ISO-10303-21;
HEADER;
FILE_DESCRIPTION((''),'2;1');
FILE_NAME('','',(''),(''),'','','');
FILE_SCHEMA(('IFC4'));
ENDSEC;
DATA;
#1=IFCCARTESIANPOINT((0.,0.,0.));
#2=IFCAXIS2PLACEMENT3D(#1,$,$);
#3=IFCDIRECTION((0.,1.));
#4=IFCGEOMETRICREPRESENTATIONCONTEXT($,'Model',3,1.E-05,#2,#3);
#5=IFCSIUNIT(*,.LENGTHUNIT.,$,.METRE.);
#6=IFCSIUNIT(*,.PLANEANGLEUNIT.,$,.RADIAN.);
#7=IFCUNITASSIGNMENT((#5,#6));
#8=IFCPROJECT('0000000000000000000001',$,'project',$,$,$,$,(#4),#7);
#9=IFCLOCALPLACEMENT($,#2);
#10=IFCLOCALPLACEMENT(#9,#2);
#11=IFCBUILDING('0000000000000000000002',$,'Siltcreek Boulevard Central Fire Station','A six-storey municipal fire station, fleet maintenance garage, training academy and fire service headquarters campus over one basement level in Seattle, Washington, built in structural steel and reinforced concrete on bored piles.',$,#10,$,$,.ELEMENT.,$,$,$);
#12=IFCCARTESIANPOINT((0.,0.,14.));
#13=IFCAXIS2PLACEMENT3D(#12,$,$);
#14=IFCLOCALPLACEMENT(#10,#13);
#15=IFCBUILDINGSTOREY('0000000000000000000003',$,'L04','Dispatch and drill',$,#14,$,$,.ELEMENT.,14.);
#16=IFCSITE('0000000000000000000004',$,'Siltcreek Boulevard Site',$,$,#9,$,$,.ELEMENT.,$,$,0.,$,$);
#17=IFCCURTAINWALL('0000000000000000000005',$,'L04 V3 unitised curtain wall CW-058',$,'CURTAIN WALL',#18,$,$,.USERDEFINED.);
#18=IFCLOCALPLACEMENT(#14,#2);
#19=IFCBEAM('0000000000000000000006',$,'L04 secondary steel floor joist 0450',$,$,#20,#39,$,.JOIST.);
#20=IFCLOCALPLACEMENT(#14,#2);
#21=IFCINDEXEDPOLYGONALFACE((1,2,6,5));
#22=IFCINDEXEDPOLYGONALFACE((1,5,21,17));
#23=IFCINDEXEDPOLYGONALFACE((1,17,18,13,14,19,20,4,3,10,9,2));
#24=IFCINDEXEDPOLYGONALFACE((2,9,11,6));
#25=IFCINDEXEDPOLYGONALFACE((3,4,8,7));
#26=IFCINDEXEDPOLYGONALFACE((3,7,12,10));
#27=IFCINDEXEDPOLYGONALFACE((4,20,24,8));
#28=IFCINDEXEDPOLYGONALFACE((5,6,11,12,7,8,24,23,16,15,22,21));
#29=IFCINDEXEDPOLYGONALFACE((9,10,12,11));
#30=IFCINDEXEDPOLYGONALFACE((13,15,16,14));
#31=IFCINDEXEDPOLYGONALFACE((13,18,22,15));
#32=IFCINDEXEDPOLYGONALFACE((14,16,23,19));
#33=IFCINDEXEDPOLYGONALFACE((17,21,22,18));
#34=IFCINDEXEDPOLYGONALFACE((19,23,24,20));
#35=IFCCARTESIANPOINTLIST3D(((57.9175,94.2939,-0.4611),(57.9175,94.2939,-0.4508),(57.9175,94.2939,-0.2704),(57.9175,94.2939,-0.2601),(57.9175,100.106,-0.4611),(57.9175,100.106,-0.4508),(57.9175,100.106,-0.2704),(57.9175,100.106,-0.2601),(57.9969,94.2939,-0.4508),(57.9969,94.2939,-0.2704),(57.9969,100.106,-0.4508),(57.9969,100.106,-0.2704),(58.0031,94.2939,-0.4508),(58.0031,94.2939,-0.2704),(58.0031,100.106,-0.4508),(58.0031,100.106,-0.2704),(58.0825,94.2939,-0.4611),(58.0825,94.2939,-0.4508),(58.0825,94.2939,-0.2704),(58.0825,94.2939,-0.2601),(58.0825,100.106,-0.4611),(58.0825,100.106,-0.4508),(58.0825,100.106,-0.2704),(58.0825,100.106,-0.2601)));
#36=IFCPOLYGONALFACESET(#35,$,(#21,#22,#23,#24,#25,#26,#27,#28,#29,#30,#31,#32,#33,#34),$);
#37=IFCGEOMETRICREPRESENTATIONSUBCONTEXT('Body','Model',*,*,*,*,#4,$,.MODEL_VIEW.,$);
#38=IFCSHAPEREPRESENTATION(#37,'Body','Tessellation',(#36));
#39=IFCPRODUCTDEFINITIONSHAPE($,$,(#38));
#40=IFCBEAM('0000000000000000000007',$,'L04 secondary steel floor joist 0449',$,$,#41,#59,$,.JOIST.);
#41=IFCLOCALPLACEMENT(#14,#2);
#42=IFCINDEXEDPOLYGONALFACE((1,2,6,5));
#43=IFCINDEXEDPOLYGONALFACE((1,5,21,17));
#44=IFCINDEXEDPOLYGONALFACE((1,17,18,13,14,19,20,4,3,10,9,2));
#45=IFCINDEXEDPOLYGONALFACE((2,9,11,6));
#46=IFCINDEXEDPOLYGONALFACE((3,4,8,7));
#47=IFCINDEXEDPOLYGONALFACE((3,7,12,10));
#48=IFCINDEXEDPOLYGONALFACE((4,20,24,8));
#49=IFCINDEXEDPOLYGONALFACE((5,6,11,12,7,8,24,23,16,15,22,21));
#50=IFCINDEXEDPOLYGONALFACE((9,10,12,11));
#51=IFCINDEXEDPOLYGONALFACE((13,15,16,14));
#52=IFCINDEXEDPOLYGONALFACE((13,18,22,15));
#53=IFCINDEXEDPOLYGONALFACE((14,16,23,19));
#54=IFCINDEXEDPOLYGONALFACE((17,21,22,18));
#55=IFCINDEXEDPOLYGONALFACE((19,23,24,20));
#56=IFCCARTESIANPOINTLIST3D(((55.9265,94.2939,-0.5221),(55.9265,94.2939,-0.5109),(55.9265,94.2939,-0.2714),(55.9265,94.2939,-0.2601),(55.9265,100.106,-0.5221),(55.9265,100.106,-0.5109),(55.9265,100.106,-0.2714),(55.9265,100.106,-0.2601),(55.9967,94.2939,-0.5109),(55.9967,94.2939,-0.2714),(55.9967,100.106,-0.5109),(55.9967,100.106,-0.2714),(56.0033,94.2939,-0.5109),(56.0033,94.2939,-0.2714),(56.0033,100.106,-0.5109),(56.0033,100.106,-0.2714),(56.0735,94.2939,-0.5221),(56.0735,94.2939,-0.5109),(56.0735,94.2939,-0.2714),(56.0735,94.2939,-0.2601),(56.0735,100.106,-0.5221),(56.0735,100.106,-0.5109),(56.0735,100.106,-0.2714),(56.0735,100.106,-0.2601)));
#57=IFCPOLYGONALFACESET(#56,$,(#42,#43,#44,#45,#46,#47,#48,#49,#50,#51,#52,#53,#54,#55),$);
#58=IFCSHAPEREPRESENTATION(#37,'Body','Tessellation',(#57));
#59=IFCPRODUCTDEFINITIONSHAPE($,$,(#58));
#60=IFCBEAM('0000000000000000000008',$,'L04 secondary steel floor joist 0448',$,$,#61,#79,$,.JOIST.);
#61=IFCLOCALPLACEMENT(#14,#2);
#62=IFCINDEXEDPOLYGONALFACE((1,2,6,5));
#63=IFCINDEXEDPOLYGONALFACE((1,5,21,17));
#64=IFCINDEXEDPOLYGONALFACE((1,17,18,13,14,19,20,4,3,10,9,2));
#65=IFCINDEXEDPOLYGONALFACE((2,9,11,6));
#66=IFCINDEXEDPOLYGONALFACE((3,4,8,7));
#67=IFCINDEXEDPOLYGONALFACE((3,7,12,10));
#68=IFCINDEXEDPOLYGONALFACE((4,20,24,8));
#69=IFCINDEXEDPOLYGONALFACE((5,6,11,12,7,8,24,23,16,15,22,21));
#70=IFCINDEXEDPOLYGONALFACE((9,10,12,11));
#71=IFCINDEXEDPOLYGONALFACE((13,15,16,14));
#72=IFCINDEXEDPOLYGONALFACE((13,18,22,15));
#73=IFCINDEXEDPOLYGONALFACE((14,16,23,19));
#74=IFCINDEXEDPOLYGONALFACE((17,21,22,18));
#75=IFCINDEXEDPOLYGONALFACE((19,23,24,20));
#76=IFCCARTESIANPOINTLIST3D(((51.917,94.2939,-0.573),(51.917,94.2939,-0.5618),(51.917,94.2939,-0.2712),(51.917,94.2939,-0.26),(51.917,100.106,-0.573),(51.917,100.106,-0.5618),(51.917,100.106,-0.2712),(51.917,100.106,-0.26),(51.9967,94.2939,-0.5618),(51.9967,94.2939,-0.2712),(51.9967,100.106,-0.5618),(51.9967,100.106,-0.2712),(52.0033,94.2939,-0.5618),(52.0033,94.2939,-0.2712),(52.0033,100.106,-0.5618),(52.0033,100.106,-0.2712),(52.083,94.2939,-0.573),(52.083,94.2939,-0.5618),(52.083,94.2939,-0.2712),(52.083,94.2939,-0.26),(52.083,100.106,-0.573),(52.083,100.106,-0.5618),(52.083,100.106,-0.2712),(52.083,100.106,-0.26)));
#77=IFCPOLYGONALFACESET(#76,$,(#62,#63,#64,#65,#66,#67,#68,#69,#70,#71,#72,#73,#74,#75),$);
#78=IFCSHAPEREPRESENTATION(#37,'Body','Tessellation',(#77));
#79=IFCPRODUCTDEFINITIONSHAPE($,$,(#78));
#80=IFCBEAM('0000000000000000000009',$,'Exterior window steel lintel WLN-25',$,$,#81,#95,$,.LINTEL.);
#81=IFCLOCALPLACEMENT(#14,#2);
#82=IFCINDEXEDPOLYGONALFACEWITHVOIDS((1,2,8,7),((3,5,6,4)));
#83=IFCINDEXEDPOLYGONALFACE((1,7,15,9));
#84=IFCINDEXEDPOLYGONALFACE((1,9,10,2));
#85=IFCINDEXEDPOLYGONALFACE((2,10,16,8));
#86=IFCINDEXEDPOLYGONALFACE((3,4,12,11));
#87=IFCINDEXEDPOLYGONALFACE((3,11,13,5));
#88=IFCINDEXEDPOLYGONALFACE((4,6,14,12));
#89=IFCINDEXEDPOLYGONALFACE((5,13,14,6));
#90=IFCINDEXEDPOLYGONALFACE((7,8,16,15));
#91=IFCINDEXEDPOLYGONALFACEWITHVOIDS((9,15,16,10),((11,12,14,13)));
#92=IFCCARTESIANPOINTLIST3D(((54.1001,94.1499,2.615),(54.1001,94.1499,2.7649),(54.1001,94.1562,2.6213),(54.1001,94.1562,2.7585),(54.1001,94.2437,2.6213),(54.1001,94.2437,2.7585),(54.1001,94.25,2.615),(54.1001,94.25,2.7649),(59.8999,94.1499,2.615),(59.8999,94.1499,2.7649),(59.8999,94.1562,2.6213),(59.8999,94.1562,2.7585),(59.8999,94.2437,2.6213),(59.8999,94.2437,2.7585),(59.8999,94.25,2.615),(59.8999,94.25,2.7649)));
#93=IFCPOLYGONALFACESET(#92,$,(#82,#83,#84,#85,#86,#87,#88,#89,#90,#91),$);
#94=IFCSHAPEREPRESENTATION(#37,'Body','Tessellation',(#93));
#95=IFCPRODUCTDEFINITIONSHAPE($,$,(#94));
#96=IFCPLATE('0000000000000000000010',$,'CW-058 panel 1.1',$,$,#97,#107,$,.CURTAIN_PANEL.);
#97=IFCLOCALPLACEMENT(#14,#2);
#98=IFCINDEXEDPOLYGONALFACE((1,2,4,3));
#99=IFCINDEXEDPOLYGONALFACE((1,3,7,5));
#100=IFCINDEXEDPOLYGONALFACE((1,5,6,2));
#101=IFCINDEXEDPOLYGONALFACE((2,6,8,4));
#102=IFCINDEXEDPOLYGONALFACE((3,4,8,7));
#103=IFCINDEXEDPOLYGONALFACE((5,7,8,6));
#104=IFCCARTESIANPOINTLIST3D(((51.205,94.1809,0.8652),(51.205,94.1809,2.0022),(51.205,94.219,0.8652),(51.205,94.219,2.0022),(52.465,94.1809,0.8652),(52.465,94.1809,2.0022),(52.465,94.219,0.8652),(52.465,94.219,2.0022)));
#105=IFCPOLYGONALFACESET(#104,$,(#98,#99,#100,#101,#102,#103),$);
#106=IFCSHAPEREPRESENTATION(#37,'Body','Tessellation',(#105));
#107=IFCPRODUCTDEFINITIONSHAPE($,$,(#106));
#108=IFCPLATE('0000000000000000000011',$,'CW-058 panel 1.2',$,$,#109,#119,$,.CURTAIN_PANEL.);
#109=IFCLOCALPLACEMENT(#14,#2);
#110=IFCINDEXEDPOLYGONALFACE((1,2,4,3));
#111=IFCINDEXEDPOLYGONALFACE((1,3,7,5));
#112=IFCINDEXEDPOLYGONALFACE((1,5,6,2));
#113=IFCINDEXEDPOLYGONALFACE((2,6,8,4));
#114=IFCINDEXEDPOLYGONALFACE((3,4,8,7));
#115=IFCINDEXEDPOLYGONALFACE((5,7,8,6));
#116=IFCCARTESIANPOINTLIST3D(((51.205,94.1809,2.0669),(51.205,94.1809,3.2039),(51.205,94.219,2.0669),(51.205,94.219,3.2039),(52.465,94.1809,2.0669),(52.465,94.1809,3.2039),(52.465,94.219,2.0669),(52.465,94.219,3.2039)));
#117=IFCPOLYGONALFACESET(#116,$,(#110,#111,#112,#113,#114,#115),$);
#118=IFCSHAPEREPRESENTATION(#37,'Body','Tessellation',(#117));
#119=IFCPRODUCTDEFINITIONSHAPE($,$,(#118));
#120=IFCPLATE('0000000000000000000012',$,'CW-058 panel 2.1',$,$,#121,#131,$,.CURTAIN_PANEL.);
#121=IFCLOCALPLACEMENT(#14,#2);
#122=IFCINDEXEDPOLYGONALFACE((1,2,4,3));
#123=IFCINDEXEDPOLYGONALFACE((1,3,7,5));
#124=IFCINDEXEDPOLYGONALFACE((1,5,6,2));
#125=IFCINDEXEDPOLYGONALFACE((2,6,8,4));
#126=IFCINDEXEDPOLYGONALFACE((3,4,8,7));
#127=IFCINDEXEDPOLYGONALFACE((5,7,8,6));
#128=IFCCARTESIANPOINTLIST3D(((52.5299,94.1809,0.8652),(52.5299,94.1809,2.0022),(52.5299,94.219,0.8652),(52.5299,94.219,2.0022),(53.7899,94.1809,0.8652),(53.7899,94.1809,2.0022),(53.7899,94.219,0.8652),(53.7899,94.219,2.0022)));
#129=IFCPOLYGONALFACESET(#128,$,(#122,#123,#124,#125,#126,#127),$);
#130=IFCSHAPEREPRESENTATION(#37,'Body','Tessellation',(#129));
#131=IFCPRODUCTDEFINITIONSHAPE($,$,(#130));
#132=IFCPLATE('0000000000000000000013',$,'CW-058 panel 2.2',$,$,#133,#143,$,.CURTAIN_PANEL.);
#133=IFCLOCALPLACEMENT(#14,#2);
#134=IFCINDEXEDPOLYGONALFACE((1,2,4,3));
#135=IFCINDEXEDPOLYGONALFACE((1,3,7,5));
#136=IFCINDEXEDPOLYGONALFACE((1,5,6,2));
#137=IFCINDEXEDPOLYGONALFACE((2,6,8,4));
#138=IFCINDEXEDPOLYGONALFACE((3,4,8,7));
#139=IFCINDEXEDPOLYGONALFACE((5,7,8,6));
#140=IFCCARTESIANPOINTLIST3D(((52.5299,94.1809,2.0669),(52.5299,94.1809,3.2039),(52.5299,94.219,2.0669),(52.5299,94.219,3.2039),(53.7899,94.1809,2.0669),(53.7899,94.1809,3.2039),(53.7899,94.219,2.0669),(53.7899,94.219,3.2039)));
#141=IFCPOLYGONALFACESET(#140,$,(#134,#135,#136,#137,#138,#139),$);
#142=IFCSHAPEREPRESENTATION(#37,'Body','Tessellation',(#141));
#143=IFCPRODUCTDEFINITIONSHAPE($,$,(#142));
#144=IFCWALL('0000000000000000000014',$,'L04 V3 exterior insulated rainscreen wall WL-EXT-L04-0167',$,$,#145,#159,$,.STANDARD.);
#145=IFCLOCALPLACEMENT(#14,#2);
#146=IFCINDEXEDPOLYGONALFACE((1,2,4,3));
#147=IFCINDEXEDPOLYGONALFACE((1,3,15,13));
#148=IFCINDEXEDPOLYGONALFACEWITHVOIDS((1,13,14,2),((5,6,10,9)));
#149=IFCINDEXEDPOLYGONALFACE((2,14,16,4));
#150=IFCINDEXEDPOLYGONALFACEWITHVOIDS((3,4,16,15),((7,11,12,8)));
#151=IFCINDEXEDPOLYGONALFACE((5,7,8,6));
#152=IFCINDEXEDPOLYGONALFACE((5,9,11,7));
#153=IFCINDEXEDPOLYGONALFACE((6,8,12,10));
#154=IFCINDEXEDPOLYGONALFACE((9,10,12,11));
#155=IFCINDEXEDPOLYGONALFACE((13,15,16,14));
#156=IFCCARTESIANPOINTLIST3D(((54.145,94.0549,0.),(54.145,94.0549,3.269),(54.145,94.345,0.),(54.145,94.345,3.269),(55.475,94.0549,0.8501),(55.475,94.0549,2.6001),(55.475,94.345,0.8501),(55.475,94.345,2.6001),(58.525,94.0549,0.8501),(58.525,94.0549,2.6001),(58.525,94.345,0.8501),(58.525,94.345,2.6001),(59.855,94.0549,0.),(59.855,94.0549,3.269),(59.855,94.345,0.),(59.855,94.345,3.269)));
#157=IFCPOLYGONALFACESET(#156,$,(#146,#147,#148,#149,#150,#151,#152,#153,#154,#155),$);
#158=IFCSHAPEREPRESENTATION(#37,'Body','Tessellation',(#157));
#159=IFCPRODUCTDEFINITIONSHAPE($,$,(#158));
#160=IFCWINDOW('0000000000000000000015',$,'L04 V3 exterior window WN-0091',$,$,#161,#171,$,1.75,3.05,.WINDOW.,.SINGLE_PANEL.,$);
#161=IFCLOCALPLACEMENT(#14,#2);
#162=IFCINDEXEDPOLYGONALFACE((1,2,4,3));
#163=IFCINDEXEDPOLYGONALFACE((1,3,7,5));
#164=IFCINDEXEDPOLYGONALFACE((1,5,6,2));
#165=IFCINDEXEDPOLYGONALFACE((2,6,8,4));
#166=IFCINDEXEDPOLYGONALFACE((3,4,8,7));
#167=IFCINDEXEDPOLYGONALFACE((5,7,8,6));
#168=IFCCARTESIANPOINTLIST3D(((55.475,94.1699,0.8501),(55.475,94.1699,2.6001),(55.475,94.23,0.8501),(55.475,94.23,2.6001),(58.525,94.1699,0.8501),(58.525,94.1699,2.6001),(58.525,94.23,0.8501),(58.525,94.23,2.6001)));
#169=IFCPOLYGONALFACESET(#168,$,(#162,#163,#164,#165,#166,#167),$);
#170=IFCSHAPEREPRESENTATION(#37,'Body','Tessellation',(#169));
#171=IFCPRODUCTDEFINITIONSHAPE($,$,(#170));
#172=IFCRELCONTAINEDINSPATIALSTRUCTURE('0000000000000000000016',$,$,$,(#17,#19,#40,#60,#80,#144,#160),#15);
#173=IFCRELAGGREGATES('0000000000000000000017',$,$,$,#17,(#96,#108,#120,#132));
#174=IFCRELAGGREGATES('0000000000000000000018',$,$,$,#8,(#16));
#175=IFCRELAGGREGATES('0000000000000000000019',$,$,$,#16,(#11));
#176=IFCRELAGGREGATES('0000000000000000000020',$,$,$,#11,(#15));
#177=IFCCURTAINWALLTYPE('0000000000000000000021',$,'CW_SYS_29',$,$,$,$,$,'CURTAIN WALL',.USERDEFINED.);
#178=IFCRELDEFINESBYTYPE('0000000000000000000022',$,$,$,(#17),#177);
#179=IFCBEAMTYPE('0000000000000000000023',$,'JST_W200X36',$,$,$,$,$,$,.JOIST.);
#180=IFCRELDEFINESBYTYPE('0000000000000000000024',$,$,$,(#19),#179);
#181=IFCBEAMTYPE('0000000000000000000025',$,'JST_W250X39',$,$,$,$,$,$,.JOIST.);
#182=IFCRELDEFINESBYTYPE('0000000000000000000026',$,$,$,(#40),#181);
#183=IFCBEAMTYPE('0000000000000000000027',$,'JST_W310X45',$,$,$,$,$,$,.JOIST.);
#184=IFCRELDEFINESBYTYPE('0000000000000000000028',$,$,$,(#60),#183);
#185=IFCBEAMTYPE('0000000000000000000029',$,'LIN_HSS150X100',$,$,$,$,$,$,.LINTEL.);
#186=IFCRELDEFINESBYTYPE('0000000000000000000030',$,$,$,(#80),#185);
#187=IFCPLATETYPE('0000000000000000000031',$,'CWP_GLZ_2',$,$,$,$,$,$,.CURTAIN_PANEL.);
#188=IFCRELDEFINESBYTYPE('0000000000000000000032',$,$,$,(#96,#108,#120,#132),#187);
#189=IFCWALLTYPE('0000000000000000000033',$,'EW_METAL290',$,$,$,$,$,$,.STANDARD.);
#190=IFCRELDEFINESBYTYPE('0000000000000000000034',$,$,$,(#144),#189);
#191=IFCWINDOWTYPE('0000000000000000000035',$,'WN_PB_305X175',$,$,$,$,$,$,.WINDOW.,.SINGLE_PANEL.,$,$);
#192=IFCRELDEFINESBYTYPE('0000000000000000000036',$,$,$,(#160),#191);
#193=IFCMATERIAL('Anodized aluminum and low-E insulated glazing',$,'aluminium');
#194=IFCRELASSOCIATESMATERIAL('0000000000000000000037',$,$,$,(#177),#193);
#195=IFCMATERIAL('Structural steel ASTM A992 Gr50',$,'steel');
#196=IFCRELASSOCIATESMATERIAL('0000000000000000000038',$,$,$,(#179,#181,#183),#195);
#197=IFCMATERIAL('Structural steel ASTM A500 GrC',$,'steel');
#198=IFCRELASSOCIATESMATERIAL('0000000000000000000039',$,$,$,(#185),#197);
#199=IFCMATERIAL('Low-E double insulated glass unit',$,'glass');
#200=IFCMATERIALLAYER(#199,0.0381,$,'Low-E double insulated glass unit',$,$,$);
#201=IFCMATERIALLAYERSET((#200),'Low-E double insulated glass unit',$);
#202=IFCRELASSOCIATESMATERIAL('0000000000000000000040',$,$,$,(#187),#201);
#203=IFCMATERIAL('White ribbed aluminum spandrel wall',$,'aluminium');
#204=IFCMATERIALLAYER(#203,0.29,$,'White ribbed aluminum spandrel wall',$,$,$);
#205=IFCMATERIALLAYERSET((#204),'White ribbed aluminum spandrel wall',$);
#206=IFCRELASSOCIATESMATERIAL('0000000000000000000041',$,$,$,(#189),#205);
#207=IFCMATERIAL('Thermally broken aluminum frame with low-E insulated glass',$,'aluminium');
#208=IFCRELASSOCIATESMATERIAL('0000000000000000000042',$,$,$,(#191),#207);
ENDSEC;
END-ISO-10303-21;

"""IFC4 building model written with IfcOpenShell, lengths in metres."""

from ifc_helpers import new_model, si_unit, direction, frame, frame_2d, origin, origin_2d, place, context, subcontext, project, spatial, rectangle, hollow_rectangle, i_section, extrude, material, layer, layer_set, material_profile, profile_set, type_object, element, fill, aggregate, save


model = new_model("IFC4")

# Units and contexts
model_context = context("Model", 3, precision=1e-05, world=origin(), true_north=direction((0.0, 1.0)))
body_context = subcontext(model_context, "Body", "Model", "MODEL_VIEW")
ifc_project = project(units=[si_unit("LENGTHUNIT", "METRE"), si_unit("PLANEANGLEUNIT", "RADIAN")], contexts=[model_context])

# Site, building, storey
site_placement = place(None, origin())
site = spatial("IfcSite", under=ifc_project, at=site_placement, Name="Siltcreek Boulevard Site", CompositionType="ELEMENT", RefElevation=0.0)
building_placement = place(site_placement, origin())
building = spatial("IfcBuilding", under=site, at=building_placement, Name="Siltcreek Boulevard Central Fire Station", Description="A six-storey municipal fire station, fleet maintenance garage, training academy and fire service headquarters campus over one basement level in Seattle, Washington, built in structural steel and reinforced concrete on bored piles.", CompositionType="ELEMENT")
storey_placement = place(building_placement, frame((0.0, 0.0, 14.0)))
storey = spatial("IfcBuildingStorey", under=building, at=storey_placement, Name="L04", Description="Dispatch and drill", CompositionType="ELEMENT", Elevation=14.0)

# Shared definitions
ifc_material_1 = material(Name="Structural steel ASTM A992 Gr50", Category="steel")

# Curtain wall
ifc_material_2 = material(Name="Anodized aluminum and low-E insulated glazing", Category="aluminium")
curtain_wall_type = type_object("IfcCurtainWallType", Name="CW_SYS_29", ElementType="CURTAIN WALL", PredefinedType="USERDEFINED", material=ifc_material_2)
curtain_wall_placement = place(storey_placement, origin())
curtain_wall = element("IfcCurtainWall", 1, at=curtain_wall_placement, inside=storey, type_object=curtain_wall_type, Name="L04 V3 unitised curtain wall CW-058", ObjectType="CURTAIN WALL", PredefinedType="USERDEFINED")

# Beams
ifc_material_profile_1 = material_profile(ifc_material_1, i_section(OverallWidth=0.165, OverallDepth=0.2009, WebThickness=0.0061, FlangeThickness=0.0103, at=origin_2d()), Name="W200X36")
ifc_profile_set_1 = profile_set([ifc_material_profile_1], Name="Structural steel ASTM A992 Gr50")
beam_type_1 = type_object("IfcBeamType", Name="JST_W200X36", PredefinedType="JOIST", material=ifc_profile_set_1)
beam_1_placement = place(storey_placement, frame((58.0, 94.2939, -0.3606), z_axis=(0.0, 1.0, 0.0), x_axis=(-1.0, 0.0, 0.0)))
element("IfcBeam", 2, at=beam_1_placement, inside=storey, type_object=beam_type_1, Name="L04 secondary steel floor joist 0450", PredefinedType="JOIST", context=body_context, shape_type="SweptSolid", body=[
    extrude(i_section(OverallWidth=0.165, OverallDepth=0.2009, WebThickness=0.0061, FlangeThickness=0.0103, at=origin_2d()), origin(), (0.0, 0.0, 1.0), 5.812),
])
ifc_material_profile_2 = material_profile(ifc_material_1, i_section(OverallWidth=0.147, OverallDepth=0.262, WebThickness=0.0066, FlangeThickness=0.0112, at=origin_2d()), Name="W250X39")
ifc_profile_set_2 = profile_set([ifc_material_profile_2], Name="Structural steel ASTM A992 Gr50")
beam_type_2 = type_object("IfcBeamType", Name="JST_W250X39", PredefinedType="JOIST", material=ifc_profile_set_2)
beam_2_placement = place(storey_placement, frame((56.0, 94.2939, -0.3911), z_axis=(0.0, 1.0, 0.0), x_axis=(-1.0, 0.0, 0.0)))
element("IfcBeam", 3, at=beam_2_placement, inside=storey, type_object=beam_type_2, Name="L04 secondary steel floor joist 0449", PredefinedType="JOIST", context=body_context, shape_type="SweptSolid", body=[
    extrude(i_section(OverallWidth=0.147, OverallDepth=0.262, WebThickness=0.0066, FlangeThickness=0.0112, at=origin_2d()), origin(), (0.0, 0.0, 1.0), 5.812),
])
ifc_material_profile_3 = material_profile(ifc_material_1, i_section(OverallWidth=0.166, OverallDepth=0.313, WebThickness=0.0066, FlangeThickness=0.0112, at=origin_2d()), Name="W310X45")
ifc_profile_set_3 = profile_set([ifc_material_profile_3], Name="Structural steel ASTM A992 Gr50")
beam_type_3 = type_object("IfcBeamType", Name="JST_W310X45", PredefinedType="JOIST", material=ifc_profile_set_3)
beam_3_placement = place(storey_placement, frame((52.0, 94.2939, -0.4165), z_axis=(0.0, 1.0, 0.0), x_axis=(-1.0, 0.0, 0.0)))
element("IfcBeam", 4, at=beam_3_placement, inside=storey, type_object=beam_type_3, Name="L04 secondary steel floor joist 0448", PredefinedType="JOIST", context=body_context, shape_type="SweptSolid", body=[
    extrude(i_section(OverallWidth=0.166, OverallDepth=0.313, WebThickness=0.0066, FlangeThickness=0.0112, at=origin_2d()), origin(), (0.0, 0.0, 1.0), 5.812),
])
ifc_material_3 = material(Name="Structural steel ASTM A500 GrC", Category="steel")
ifc_material_profile_4 = material_profile(ifc_material_3, hollow_rectangle(XDim=0.1001, YDim=0.1499, WallThickness=0.0063, at=origin_2d()), Name="HSS150X100X6.4")
ifc_profile_set_4 = profile_set([ifc_material_profile_4], Name="Structural steel ASTM A500 GrC")
beam_type_4 = type_object("IfcBeamType", Name="LIN_HSS150X100", PredefinedType="LINTEL", material=ifc_profile_set_4)
beam_4_placement = place(storey_placement, frame((54.1001, 94.2, 2.6899), z_axis=(1.0, 0.0, 0.0), x_axis=(0.0, 1.0, 0.0)))
element("IfcBeam", 5, at=beam_4_placement, inside=storey, type_object=beam_type_4, Name="Exterior window steel lintel WLN-25", PredefinedType="LINTEL", context=body_context, shape_type="SweptSolid", body=[
    extrude(hollow_rectangle(XDim=0.1001, YDim=0.1499, WallThickness=0.0063, at=origin_2d()), origin(), (0.0, 0.0, 1.0), 5.7998),
])

# Plates
ifc_material_4 = material(Name="Low-E double insulated glass unit", Category="glass")
ifc_layer_1 = layer(ifc_material_4, 0.0381, Name="Low-E double insulated glass unit")
ifc_layer_set_1 = layer_set([ifc_layer_1], Name="Low-E double insulated glass unit")
plate_type = type_object("IfcPlateType", Name="CWP_GLZ_2", PredefinedType="CURTAIN_PANEL", material=ifc_layer_set_1)
plate_1_placement = place(storey_placement, frame((51.835, 94.2, 0.8652), z_axis=(0.0, 0.0, 1.0), x_axis=(1.0, 0.0, 0.0)))
plate_1 = element("IfcPlate", 6, at=plate_1_placement, type_object=plate_type, Name="CW-058 panel 1.1", PredefinedType="CURTAIN_PANEL", context=body_context, shape_type="SweptSolid", body=[
    extrude(rectangle(XDim=1.26, YDim=0.0381, at=origin_2d()), origin(), (0.0, 0.0, 1.0), 1.137),
])
plate_2_placement = place(storey_placement, frame((51.835, 94.2, 2.0669), z_axis=(0.0, 0.0, 1.0), x_axis=(1.0, 0.0, 0.0)))
plate_2 = element("IfcPlate", 7, at=plate_2_placement, type_object=plate_type, Name="CW-058 panel 1.2", PredefinedType="CURTAIN_PANEL", context=body_context, shape_type="SweptSolid", body=[
    extrude(rectangle(XDim=1.26, YDim=0.0381, at=origin_2d()), origin(), (0.0, 0.0, 1.0), 1.137),
])
plate_3_placement = place(storey_placement, frame((53.1599, 94.2, 0.8652), z_axis=(0.0, 0.0, 1.0), x_axis=(1.0, 0.0, 0.0)))
plate_3 = element("IfcPlate", 8, at=plate_3_placement, type_object=plate_type, Name="CW-058 panel 2.1", PredefinedType="CURTAIN_PANEL", context=body_context, shape_type="SweptSolid", body=[
    extrude(rectangle(XDim=1.26, YDim=0.0381, at=origin_2d()), origin(), (0.0, 0.0, 1.0), 1.137),
])
plate_4_placement = place(storey_placement, frame((53.1599, 94.2, 2.0669), z_axis=(0.0, 0.0, 1.0), x_axis=(1.0, 0.0, 0.0)))
plate_4 = element("IfcPlate", 9, at=plate_4_placement, type_object=plate_type, Name="CW-058 panel 2.2", PredefinedType="CURTAIN_PANEL", context=body_context, shape_type="SweptSolid", body=[
    extrude(rectangle(XDim=1.26, YDim=0.0381, at=origin_2d()), origin(), (0.0, 0.0, 1.0), 1.137),
])
aggregate(curtain_wall, [plate_1, plate_2, plate_3, plate_4])

# Wall, opening, window
ifc_material_5 = material(Name="White ribbed aluminum spandrel wall", Category="aluminium")
ifc_layer_2 = layer(ifc_material_5, 0.29, Name="White ribbed aluminum spandrel wall")
ifc_layer_set_2 = layer_set([ifc_layer_2], Name="White ribbed aluminum spandrel wall")
wall_type_1 = type_object("IfcWallType", Name="EW_METAL290", PredefinedType="STANDARD", material=ifc_layer_set_2)
wall_1_placement = place(storey_placement, frame((54.145, 94.2, 0.0), z_axis=(0.0, 0.0, 1.0), x_axis=(1.0, 0.0, 0.0)))
wall_1 = element("IfcWall", 10, at=wall_1_placement, inside=storey, type_object=wall_type_1, Name="L04 V3 exterior insulated rainscreen wall WL-EXT-L04-0167", PredefinedType="STANDARD", context=body_context, shape_type="SweptSolid", body=[
    extrude(rectangle(XDim=5.71, YDim=0.29, at=frame_2d((2.855, 0.0))), origin(), (0.0, 0.0, 1.0), 3.269),
])
opening_1_placement = place(wall_1_placement, frame((1.3301, 0.0, 0.8501)))
opening_1 = element("IfcOpeningElement", 11, at=opening_1_placement, cuts=wall_1, PredefinedType="OPENING", context=body_context, shape_type="SweptSolid", body=[
    extrude(rectangle(XDim=3.05, YDim=1.75, at=frame_2d((1.5249, 0.875))), frame((0.0, 0.155, 0.0), z_axis=(0.0, -1.0, 0.0), x_axis=(1.0, 0.0, 0.0)), (0.0, 0.0, 1.0), 0.3101),
])
ifc_material_6 = material(Name="Thermally broken aluminum frame with low-E insulated glass", Category="aluminium")
window_type = type_object("IfcWindowType", Name="WN_PB_305X175", PartitioningType="SINGLE_PANEL", PredefinedType="WINDOW", material=ifc_material_6)
window_placement = place(opening_1_placement, origin())
window = element("IfcWindow", 12, at=window_placement, inside=storey, type_object=window_type, Name="L04 V3 exterior window WN-0091", OverallHeight=1.75, OverallWidth=3.05, PartitioningType="SINGLE_PANEL", PredefinedType="WINDOW", context=body_context, shape_type="SweptSolid", body=[
    extrude(rectangle(XDim=3.05, YDim=1.75, at=frame_2d((1.5249, 0.875))), frame((0.0, 0.03, 0.0), z_axis=(0.0, -1.0, 0.0), x_axis=(1.0, 0.0, 0.0)), (0.0, 0.0, 1.0), 0.0601),
])
fill(opening_1, window)

save(model, "model.ifc")
